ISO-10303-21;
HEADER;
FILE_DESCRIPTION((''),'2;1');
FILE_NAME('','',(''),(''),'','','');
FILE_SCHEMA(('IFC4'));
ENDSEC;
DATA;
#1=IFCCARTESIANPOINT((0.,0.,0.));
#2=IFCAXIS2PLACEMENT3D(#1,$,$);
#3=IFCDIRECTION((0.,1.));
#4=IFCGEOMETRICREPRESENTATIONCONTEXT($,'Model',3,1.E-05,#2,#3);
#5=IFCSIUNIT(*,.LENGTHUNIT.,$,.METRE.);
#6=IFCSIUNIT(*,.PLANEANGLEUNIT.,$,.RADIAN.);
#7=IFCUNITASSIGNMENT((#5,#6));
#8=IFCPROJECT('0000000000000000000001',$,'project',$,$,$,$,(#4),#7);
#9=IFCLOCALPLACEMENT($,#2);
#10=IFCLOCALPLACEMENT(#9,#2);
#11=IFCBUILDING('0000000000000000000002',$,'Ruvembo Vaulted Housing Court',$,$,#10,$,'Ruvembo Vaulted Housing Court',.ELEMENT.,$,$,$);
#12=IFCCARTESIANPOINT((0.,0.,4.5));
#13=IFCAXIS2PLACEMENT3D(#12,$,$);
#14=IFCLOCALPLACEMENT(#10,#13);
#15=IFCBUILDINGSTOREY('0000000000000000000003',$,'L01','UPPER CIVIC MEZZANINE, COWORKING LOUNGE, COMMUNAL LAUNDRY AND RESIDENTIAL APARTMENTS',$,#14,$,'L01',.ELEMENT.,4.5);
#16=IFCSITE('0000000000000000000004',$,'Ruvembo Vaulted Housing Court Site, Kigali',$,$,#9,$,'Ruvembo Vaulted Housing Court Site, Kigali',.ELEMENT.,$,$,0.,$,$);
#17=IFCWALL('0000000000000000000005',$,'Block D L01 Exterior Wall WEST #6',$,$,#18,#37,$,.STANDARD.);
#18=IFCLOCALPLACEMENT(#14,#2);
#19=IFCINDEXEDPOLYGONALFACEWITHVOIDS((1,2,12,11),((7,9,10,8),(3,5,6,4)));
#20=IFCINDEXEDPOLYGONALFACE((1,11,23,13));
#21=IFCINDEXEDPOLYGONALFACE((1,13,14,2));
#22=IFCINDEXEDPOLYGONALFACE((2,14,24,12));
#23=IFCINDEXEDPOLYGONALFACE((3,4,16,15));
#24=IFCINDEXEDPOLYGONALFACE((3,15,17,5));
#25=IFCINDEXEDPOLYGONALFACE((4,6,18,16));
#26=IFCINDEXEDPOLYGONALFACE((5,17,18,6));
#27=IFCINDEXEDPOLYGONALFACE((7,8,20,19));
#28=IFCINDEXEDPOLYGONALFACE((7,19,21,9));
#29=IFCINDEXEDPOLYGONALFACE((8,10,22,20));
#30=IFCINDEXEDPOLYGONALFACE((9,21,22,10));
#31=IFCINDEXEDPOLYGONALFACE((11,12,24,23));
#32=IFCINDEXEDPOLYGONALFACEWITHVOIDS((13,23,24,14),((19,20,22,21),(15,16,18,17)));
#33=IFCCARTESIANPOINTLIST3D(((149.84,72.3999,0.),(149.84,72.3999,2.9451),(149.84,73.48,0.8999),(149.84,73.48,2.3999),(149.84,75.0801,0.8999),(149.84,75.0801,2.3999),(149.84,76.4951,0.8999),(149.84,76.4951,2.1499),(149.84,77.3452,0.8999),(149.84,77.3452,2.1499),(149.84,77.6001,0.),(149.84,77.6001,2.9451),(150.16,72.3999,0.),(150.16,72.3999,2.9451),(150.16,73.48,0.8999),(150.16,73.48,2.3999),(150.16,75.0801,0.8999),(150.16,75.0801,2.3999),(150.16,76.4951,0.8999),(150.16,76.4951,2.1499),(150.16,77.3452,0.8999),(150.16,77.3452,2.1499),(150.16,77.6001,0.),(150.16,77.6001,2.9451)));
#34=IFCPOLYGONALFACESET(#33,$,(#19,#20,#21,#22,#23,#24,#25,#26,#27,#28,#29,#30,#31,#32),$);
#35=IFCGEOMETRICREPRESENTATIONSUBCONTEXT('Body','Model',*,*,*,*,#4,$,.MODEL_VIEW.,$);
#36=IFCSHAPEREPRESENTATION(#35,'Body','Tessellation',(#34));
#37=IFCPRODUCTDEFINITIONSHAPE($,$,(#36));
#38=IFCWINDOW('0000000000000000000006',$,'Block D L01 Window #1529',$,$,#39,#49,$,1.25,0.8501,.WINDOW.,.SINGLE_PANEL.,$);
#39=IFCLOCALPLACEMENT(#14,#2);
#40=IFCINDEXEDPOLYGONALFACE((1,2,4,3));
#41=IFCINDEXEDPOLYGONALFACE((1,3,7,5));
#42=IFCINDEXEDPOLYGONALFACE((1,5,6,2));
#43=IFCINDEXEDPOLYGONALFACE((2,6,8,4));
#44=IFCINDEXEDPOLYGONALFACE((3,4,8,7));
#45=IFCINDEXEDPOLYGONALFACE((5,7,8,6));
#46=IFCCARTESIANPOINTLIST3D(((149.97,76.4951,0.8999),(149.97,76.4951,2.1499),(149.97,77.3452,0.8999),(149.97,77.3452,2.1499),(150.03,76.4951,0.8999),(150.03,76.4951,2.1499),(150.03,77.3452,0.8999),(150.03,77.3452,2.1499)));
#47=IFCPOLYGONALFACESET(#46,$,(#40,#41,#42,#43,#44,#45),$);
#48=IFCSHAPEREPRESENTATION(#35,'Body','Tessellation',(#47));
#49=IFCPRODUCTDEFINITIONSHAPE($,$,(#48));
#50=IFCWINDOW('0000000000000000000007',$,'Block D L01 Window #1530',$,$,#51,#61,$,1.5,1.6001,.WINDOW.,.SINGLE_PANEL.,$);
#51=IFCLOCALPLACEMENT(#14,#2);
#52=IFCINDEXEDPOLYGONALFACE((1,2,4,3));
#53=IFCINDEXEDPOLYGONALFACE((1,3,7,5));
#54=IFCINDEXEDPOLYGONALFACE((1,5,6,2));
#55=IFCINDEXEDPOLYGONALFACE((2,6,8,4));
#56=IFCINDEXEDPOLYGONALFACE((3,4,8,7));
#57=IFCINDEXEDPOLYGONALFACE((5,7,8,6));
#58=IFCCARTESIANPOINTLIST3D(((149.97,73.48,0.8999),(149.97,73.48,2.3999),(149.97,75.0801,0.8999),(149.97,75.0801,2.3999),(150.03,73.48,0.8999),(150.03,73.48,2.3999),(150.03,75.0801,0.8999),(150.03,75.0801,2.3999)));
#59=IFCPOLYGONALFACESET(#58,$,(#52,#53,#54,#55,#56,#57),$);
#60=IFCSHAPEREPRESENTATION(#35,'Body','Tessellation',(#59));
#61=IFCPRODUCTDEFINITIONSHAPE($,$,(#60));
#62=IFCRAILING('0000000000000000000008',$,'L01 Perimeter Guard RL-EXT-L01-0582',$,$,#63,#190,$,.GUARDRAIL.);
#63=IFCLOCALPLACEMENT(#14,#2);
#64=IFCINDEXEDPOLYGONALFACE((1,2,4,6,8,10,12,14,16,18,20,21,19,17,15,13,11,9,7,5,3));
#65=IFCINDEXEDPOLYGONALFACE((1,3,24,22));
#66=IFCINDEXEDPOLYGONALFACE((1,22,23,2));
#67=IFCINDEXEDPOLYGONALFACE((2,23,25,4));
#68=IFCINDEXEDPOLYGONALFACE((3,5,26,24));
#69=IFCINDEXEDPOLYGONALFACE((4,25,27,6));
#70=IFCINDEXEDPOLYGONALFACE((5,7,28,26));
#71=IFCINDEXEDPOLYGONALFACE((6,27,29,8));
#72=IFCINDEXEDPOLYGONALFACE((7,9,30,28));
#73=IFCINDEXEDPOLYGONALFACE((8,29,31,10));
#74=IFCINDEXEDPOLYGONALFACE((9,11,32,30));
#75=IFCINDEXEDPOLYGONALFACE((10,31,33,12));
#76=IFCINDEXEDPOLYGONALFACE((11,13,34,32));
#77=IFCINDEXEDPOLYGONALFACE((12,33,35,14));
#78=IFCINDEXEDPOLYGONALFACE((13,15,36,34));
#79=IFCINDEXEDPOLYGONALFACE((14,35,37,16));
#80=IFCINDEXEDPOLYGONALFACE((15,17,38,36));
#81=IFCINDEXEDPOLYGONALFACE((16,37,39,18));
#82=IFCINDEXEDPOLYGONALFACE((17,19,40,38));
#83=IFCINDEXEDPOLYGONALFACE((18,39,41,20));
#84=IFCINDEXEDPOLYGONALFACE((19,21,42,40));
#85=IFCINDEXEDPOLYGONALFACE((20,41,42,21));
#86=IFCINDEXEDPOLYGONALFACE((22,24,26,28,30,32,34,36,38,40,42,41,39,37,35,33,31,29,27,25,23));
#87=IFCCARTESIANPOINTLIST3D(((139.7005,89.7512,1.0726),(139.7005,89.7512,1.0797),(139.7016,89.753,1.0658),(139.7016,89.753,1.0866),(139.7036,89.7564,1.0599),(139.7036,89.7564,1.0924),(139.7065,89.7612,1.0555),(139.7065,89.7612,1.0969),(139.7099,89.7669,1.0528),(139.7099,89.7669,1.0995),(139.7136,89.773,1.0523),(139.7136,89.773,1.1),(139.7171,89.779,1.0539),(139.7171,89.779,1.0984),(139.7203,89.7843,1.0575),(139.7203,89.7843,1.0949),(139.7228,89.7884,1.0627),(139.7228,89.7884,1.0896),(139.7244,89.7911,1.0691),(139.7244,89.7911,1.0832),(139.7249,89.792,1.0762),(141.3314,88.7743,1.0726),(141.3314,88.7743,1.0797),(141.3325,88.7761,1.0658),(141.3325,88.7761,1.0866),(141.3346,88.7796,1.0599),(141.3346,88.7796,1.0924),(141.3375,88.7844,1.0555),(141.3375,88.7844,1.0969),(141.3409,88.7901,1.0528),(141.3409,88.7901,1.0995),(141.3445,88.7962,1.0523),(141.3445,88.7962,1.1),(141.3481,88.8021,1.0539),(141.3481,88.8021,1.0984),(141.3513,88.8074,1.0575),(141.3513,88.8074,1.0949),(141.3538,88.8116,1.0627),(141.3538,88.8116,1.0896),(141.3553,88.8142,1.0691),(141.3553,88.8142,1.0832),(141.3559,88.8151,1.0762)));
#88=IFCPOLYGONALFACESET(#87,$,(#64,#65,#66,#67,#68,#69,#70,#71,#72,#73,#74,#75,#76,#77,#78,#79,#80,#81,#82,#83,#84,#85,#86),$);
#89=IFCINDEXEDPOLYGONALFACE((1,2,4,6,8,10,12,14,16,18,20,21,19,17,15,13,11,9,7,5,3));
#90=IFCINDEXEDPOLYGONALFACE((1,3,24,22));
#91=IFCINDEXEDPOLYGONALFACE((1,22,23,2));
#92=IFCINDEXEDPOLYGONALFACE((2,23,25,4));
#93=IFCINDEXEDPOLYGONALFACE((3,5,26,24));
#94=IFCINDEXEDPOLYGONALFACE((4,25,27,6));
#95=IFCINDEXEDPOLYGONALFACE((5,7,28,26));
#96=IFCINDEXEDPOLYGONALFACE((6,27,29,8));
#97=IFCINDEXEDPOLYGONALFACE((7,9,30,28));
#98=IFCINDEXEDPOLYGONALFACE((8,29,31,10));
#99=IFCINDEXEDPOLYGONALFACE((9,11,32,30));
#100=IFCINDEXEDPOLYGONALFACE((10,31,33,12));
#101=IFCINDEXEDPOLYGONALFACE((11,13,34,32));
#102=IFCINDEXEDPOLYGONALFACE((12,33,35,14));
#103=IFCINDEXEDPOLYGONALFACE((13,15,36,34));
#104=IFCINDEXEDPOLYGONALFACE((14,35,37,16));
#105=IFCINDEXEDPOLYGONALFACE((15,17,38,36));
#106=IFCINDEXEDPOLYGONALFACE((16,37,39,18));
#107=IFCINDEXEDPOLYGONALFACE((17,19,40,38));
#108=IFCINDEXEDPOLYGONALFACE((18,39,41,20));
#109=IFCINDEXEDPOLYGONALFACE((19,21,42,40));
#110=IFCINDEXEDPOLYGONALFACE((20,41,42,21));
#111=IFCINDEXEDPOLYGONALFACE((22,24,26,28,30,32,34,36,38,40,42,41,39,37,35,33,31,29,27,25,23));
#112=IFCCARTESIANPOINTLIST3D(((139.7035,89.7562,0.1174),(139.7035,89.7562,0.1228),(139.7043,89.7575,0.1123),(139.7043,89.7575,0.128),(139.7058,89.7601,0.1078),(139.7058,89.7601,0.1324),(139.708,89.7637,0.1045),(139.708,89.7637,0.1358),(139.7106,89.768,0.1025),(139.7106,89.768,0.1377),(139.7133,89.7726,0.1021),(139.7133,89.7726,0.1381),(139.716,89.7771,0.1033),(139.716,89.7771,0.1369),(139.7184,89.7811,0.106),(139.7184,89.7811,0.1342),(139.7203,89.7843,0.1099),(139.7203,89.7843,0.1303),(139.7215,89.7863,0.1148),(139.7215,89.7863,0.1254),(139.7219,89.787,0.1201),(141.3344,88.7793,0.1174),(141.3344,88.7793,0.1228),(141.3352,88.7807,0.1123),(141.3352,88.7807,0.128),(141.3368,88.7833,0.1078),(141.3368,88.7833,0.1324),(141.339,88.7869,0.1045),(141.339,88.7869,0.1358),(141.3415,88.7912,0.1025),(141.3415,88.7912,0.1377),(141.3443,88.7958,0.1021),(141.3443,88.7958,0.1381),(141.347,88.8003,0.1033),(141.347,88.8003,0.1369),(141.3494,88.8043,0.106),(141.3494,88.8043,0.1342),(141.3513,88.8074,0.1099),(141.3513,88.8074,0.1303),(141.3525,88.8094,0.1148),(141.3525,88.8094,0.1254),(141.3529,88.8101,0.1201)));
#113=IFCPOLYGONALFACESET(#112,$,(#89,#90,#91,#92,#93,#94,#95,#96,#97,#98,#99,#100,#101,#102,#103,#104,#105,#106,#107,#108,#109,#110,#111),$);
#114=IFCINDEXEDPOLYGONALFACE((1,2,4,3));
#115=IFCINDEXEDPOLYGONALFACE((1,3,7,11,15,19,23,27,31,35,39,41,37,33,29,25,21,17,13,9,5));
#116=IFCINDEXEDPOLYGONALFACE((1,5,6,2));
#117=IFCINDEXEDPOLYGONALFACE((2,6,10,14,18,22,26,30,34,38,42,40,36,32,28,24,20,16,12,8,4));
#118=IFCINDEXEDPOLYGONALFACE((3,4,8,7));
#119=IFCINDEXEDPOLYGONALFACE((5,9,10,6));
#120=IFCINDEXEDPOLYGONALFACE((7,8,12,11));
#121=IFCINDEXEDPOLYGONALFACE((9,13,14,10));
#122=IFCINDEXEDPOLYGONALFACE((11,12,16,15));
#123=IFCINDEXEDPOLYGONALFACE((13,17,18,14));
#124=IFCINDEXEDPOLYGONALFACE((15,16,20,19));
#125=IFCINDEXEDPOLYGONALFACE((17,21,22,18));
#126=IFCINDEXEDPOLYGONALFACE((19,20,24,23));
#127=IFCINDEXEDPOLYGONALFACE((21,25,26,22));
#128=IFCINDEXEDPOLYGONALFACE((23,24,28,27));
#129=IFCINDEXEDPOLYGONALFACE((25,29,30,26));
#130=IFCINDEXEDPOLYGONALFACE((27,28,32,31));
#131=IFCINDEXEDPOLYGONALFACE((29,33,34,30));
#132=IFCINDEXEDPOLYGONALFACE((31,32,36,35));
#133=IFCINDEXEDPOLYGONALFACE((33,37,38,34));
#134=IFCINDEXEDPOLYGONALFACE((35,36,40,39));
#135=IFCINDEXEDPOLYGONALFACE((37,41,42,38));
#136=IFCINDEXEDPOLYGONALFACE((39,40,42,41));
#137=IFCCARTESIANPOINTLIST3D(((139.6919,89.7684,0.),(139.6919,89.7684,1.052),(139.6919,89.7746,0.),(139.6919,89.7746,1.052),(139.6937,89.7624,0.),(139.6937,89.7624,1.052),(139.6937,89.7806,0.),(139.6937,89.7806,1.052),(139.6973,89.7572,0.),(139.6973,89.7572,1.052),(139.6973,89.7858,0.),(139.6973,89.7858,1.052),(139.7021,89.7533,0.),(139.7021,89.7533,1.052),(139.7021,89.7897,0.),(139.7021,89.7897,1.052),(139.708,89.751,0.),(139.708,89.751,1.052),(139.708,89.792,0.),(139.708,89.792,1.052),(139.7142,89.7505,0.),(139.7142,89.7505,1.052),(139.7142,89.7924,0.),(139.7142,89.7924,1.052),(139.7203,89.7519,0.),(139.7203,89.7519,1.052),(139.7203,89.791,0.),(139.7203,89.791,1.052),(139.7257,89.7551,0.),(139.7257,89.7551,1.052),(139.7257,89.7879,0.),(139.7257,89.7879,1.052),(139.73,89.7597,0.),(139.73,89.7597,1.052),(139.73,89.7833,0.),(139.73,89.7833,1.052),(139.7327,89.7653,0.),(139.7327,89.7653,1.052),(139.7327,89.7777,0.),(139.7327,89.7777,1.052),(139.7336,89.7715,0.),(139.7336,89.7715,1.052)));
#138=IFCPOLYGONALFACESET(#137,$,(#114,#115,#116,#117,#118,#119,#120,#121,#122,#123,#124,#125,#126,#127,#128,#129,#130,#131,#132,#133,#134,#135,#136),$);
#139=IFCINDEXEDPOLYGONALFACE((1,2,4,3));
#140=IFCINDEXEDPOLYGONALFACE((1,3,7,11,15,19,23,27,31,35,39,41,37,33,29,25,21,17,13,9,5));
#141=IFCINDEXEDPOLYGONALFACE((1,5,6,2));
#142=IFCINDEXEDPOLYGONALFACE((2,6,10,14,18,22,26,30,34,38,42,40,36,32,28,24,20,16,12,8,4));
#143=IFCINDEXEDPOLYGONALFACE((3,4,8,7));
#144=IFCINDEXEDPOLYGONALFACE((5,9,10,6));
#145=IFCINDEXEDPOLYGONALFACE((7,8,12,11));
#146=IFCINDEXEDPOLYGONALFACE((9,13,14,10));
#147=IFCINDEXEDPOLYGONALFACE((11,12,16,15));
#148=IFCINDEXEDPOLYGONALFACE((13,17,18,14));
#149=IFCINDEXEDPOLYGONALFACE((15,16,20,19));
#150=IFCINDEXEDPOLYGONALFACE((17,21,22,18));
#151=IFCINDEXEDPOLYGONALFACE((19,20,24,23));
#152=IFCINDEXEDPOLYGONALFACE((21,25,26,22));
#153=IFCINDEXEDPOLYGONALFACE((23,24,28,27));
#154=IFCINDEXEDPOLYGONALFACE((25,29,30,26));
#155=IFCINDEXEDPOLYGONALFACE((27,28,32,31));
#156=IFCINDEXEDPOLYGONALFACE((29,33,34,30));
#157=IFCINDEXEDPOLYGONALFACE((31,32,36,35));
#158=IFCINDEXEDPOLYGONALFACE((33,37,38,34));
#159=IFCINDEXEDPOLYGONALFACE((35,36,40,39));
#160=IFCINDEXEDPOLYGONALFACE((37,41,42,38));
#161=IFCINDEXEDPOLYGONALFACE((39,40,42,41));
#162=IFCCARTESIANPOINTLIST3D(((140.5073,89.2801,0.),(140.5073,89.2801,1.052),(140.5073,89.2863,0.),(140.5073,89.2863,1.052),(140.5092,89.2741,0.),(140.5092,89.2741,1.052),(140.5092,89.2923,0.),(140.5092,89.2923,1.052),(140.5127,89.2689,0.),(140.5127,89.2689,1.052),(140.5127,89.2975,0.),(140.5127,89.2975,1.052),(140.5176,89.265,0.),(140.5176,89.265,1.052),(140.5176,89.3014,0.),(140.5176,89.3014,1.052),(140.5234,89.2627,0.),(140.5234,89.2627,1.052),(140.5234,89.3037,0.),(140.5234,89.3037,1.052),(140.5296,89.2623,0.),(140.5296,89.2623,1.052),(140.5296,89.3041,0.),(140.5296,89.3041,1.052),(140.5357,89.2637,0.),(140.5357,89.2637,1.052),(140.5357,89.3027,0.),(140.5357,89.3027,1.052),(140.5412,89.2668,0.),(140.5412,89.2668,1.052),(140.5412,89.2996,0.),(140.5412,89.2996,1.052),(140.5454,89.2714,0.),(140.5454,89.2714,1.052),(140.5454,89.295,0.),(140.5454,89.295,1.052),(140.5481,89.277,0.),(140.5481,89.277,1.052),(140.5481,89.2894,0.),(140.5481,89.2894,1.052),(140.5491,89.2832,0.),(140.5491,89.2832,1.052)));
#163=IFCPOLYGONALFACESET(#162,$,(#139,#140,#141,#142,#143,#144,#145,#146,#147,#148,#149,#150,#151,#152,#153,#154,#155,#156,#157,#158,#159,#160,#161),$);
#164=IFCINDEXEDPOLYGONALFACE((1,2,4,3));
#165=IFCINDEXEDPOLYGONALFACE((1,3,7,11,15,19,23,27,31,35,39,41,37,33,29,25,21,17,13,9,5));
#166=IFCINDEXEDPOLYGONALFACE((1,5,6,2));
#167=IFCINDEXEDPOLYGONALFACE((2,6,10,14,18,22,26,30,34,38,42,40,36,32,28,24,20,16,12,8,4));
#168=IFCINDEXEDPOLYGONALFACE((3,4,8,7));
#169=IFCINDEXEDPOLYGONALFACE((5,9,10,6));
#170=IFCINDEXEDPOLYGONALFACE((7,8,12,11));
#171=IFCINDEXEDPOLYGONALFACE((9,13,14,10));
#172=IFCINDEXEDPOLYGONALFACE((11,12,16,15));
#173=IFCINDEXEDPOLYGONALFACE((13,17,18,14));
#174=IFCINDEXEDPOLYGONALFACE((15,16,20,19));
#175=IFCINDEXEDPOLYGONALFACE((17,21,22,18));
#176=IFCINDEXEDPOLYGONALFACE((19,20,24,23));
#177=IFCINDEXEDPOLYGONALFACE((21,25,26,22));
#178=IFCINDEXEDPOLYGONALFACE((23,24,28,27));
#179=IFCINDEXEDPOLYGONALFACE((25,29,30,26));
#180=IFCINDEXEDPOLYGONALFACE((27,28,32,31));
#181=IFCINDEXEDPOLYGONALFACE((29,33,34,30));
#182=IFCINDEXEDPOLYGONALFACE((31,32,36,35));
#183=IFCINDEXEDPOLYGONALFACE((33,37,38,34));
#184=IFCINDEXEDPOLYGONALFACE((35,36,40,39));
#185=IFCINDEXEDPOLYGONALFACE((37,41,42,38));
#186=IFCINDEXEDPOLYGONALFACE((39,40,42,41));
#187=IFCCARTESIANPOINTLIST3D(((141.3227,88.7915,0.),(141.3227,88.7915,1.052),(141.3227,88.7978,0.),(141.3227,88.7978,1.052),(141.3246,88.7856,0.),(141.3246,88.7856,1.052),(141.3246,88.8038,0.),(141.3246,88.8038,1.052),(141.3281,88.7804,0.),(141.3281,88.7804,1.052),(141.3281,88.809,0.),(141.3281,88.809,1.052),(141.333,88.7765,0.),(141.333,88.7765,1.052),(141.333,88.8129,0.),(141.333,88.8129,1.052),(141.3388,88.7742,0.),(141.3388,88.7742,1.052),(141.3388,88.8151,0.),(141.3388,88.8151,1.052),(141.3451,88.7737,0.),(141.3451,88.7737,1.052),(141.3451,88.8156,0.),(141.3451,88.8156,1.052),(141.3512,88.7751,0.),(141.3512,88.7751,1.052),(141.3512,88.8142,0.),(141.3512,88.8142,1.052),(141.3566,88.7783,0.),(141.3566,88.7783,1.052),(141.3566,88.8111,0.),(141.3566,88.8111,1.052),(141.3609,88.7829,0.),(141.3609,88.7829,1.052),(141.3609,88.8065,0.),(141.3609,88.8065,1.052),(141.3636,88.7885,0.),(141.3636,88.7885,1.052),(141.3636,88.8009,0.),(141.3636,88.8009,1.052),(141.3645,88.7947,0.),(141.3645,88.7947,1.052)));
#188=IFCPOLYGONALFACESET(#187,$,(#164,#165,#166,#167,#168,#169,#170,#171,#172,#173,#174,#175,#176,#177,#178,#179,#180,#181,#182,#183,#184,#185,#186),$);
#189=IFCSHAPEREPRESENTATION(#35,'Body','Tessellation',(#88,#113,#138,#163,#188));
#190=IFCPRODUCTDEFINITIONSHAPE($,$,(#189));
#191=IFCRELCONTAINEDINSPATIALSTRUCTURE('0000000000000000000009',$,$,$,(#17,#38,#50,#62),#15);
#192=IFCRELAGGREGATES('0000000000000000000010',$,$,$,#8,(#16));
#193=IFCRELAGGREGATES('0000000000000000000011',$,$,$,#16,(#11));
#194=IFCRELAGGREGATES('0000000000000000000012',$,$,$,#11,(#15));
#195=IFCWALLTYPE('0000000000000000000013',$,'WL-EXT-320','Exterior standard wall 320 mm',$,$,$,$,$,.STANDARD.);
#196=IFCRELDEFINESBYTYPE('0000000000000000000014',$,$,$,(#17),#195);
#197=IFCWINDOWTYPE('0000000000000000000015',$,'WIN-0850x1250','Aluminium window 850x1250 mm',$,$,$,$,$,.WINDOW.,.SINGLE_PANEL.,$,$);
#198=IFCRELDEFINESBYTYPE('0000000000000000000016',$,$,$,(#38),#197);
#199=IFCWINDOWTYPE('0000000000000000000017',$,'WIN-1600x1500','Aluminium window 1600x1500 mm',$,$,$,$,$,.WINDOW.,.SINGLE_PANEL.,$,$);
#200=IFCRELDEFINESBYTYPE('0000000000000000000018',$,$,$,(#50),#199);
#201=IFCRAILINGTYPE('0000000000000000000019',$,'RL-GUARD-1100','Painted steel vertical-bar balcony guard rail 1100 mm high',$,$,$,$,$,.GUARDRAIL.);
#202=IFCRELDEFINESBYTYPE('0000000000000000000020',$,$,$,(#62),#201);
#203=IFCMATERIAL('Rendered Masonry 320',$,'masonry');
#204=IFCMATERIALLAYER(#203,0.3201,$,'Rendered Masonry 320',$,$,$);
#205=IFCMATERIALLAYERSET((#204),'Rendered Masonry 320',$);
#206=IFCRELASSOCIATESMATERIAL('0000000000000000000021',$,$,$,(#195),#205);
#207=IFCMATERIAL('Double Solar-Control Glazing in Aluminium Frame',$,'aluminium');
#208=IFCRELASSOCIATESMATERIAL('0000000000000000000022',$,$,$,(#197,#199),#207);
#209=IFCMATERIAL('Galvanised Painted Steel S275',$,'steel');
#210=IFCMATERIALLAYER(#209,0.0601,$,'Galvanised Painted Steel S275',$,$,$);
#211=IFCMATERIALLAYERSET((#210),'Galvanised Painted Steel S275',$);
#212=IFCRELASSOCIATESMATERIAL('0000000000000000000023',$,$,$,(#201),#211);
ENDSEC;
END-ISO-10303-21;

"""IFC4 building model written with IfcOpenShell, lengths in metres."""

from ifc_helpers import new_model, si_unit, direction, frame, frame_2d, origin, origin_2d, place, context, subcontext, project, spatial, rectangle, circle, extrude, material, layer, layer_set, type_object, element, fill, save


model = new_model("IFC4")

# Units and contexts
model_context = context("Model", 3, precision=1e-05, world=origin(), true_north=direction((0.0, 1.0)))
body_context = subcontext(model_context, "Body", "Model", "MODEL_VIEW")
ifc_project = project(units=[si_unit("LENGTHUNIT", "METRE"), si_unit("PLANEANGLEUNIT", "RADIAN")], contexts=[model_context])

# Site, building, storey
site_placement = place(None, origin())
site = spatial("IfcSite", under=ifc_project, at=site_placement, Name="Ruvembo Vaulted Housing Court Site, Kigali", LongName="Ruvembo Vaulted Housing Court Site, Kigali", CompositionType="ELEMENT", RefElevation=0.0)
building_placement = place(site_placement, origin())
building = spatial("IfcBuilding", under=site, at=building_placement, Name="Ruvembo Vaulted Housing Court", LongName="Ruvembo Vaulted Housing Court", CompositionType="ELEMENT")
storey_placement = place(building_placement, frame((0.0, 0.0, 4.5)))
storey = spatial("IfcBuildingStorey", under=building, at=storey_placement, Name="L01", Description="UPPER CIVIC MEZZANINE, COWORKING LOUNGE, COMMUNAL LAUNDRY AND RESIDENTIAL APARTMENTS", LongName="L01", CompositionType="ELEMENT", Elevation=4.5)

# Wall, openings, windows
ifc_material_1 = material(Name="Rendered Masonry 320", Category="masonry")
ifc_layer_1 = layer(ifc_material_1, 0.3201, Name="Rendered Masonry 320")
ifc_layer_set_1 = layer_set([ifc_layer_1], Name="Rendered Masonry 320")
wall_type = type_object("IfcWallType", Name="WL-EXT-320", Description="Exterior standard wall 320 mm", PredefinedType="STANDARD", material=ifc_layer_set_1)
wall_placement = place(storey_placement, frame((150.0, 77.6001, 0.0), z_axis=(0.0, 0.0, 1.0), x_axis=(0.0, -1.0, 0.0)))
wall = element("IfcWall", 1, at=wall_placement, inside=storey, type_object=wall_type, Name="Block D L01 Exterior Wall WEST #6", PredefinedType="STANDARD", context=body_context, shape_type="SweptSolid", body=[
    extrude(rectangle(XDim=5.2002, YDim=0.3201, at=frame_2d((2.6001, 0.0))), origin(), (0.0, 0.0, 1.0), 2.9451),
])
opening_1_placement = place(wall_placement, frame((0.2549, 0.0, 0.8999)))
opening_1 = element("IfcOpeningElement", 2, at=opening_1_placement, cuts=wall, PredefinedType="OPENING", context=body_context, shape_type="SweptSolid", body=[
    extrude(rectangle(XDim=0.8501, YDim=1.25, at=frame_2d((0.425, 0.625))), frame((0.0, 0.1699, 0.0), z_axis=(0.0, -1.0, 0.0), x_axis=(1.0, 0.0, 0.0)), (0.0, 0.0, 1.0), 0.3401),
])
opening_2_placement = place(wall_placement, frame((2.52, 0.0, 0.8999)))
opening_2 = element("IfcOpeningElement", 3, at=opening_2_placement, cuts=wall, PredefinedType="OPENING", context=body_context, shape_type="SweptSolid", body=[
    extrude(rectangle(XDim=1.6001, YDim=1.5, at=frame_2d((0.8, 0.75))), frame((0.0, 0.1699, 0.0), z_axis=(0.0, -1.0, 0.0), x_axis=(1.0, 0.0, 0.0)), (0.0, 0.0, 1.0), 0.3401),
])
ifc_material_2 = material(Name="Double Solar-Control Glazing in Aluminium Frame", Category="aluminium")
window_type_1 = type_object("IfcWindowType", Name="WIN-0850x1250", Description="Aluminium window 850x1250 mm", PartitioningType="SINGLE_PANEL", PredefinedType="WINDOW", material=ifc_material_2)
window_1_placement = place(opening_1_placement, origin())
window_1 = element("IfcWindow", 4, at=window_1_placement, inside=storey, type_object=window_type_1, Name="Block D L01 Window #1529", OverallHeight=1.25, OverallWidth=0.8501, PartitioningType="SINGLE_PANEL", PredefinedType="WINDOW", context=body_context, shape_type="SweptSolid", body=[
    extrude(rectangle(XDim=0.8501, YDim=1.25, at=frame_2d((0.425, 0.625))), frame((0.0, 0.03, 0.0), z_axis=(0.0, -1.0, 0.0), x_axis=(1.0, 0.0, 0.0)), (0.0, 0.0, 1.0), 0.0601),
])
fill(opening_1, window_1)
window_type_2 = type_object("IfcWindowType", Name="WIN-1600x1500", Description="Aluminium window 1600x1500 mm", PartitioningType="SINGLE_PANEL", PredefinedType="WINDOW", material=ifc_material_2)
window_2_placement = place(opening_2_placement, origin())
window_2 = element("IfcWindow", 5, at=window_2_placement, inside=storey, type_object=window_type_2, Name="Block D L01 Window #1530", OverallHeight=1.5, OverallWidth=1.6001, PartitioningType="SINGLE_PANEL", PredefinedType="WINDOW", context=body_context, shape_type="SweptSolid", body=[
    extrude(rectangle(XDim=1.6001, YDim=1.5, at=frame_2d((0.8, 0.75))), frame((0.0, 0.03, 0.0), z_axis=(0.0, -1.0, 0.0), x_axis=(1.0, 0.0, 0.0)), (0.0, 0.0, 1.0), 0.0601),
])
fill(opening_2, window_2)

# Railing
ifc_material_3 = material(Name="Galvanised Painted Steel S275", Category="steel")
ifc_layer_2 = layer(ifc_material_3, 0.0601, Name="Galvanised Painted Steel S275")
ifc_layer_set_2 = layer_set([ifc_layer_2], Name="Galvanised Painted Steel S275")
railing_type = type_object("IfcRailingType", Name="RL-GUARD-1100", Description="Painted steel vertical-bar balcony guard rail 1100 mm high", PredefinedType="GUARDRAIL", material=ifc_layer_set_2)
railing_1_placement = place(storey_placement, frame((139.7126, 89.7715, 0.0)))
element("IfcRailing", 6, at=railing_1_placement, inside=storey, type_object=railing_type, Name="L01 Perimeter Guard RL-EXT-L01-0582", PredefinedType="GUARDRAIL", context=body_context, shape_type="SweptSolid", body=[
    extrude(circle(Radius=0.0239, at=origin_2d()), frame((0.0, 0.0, 1.0762), z_axis=(0.857889, -0.513835, 0.0), x_axis=(0.513835, 0.857889, 0.0)), (0.0, 0.0, 1.0), 1.9011),
    extrude(circle(Radius=0.0181, at=origin_2d()), frame((0.0, 0.0, 0.1201), z_axis=(0.857889, -0.513835, 0.0), x_axis=(0.513835, 0.857889, 0.0)), (0.0, 0.0, 1.0), 1.9011),
    extrude(circle(Radius=0.021, at=origin_2d()), origin(), (0.0, 0.0, 1.0), 1.052),
    extrude(circle(Radius=0.021, at=origin_2d()), frame((0.8154, -0.4883, 0.0)), (0.0, 0.0, 1.0), 1.052),
    extrude(circle(Radius=0.021, at=origin_2d()), frame((1.6309, -0.9768, 0.0)), (0.0, 0.0, 1.0), 1.052),
])

save(model, "model.ifc")
